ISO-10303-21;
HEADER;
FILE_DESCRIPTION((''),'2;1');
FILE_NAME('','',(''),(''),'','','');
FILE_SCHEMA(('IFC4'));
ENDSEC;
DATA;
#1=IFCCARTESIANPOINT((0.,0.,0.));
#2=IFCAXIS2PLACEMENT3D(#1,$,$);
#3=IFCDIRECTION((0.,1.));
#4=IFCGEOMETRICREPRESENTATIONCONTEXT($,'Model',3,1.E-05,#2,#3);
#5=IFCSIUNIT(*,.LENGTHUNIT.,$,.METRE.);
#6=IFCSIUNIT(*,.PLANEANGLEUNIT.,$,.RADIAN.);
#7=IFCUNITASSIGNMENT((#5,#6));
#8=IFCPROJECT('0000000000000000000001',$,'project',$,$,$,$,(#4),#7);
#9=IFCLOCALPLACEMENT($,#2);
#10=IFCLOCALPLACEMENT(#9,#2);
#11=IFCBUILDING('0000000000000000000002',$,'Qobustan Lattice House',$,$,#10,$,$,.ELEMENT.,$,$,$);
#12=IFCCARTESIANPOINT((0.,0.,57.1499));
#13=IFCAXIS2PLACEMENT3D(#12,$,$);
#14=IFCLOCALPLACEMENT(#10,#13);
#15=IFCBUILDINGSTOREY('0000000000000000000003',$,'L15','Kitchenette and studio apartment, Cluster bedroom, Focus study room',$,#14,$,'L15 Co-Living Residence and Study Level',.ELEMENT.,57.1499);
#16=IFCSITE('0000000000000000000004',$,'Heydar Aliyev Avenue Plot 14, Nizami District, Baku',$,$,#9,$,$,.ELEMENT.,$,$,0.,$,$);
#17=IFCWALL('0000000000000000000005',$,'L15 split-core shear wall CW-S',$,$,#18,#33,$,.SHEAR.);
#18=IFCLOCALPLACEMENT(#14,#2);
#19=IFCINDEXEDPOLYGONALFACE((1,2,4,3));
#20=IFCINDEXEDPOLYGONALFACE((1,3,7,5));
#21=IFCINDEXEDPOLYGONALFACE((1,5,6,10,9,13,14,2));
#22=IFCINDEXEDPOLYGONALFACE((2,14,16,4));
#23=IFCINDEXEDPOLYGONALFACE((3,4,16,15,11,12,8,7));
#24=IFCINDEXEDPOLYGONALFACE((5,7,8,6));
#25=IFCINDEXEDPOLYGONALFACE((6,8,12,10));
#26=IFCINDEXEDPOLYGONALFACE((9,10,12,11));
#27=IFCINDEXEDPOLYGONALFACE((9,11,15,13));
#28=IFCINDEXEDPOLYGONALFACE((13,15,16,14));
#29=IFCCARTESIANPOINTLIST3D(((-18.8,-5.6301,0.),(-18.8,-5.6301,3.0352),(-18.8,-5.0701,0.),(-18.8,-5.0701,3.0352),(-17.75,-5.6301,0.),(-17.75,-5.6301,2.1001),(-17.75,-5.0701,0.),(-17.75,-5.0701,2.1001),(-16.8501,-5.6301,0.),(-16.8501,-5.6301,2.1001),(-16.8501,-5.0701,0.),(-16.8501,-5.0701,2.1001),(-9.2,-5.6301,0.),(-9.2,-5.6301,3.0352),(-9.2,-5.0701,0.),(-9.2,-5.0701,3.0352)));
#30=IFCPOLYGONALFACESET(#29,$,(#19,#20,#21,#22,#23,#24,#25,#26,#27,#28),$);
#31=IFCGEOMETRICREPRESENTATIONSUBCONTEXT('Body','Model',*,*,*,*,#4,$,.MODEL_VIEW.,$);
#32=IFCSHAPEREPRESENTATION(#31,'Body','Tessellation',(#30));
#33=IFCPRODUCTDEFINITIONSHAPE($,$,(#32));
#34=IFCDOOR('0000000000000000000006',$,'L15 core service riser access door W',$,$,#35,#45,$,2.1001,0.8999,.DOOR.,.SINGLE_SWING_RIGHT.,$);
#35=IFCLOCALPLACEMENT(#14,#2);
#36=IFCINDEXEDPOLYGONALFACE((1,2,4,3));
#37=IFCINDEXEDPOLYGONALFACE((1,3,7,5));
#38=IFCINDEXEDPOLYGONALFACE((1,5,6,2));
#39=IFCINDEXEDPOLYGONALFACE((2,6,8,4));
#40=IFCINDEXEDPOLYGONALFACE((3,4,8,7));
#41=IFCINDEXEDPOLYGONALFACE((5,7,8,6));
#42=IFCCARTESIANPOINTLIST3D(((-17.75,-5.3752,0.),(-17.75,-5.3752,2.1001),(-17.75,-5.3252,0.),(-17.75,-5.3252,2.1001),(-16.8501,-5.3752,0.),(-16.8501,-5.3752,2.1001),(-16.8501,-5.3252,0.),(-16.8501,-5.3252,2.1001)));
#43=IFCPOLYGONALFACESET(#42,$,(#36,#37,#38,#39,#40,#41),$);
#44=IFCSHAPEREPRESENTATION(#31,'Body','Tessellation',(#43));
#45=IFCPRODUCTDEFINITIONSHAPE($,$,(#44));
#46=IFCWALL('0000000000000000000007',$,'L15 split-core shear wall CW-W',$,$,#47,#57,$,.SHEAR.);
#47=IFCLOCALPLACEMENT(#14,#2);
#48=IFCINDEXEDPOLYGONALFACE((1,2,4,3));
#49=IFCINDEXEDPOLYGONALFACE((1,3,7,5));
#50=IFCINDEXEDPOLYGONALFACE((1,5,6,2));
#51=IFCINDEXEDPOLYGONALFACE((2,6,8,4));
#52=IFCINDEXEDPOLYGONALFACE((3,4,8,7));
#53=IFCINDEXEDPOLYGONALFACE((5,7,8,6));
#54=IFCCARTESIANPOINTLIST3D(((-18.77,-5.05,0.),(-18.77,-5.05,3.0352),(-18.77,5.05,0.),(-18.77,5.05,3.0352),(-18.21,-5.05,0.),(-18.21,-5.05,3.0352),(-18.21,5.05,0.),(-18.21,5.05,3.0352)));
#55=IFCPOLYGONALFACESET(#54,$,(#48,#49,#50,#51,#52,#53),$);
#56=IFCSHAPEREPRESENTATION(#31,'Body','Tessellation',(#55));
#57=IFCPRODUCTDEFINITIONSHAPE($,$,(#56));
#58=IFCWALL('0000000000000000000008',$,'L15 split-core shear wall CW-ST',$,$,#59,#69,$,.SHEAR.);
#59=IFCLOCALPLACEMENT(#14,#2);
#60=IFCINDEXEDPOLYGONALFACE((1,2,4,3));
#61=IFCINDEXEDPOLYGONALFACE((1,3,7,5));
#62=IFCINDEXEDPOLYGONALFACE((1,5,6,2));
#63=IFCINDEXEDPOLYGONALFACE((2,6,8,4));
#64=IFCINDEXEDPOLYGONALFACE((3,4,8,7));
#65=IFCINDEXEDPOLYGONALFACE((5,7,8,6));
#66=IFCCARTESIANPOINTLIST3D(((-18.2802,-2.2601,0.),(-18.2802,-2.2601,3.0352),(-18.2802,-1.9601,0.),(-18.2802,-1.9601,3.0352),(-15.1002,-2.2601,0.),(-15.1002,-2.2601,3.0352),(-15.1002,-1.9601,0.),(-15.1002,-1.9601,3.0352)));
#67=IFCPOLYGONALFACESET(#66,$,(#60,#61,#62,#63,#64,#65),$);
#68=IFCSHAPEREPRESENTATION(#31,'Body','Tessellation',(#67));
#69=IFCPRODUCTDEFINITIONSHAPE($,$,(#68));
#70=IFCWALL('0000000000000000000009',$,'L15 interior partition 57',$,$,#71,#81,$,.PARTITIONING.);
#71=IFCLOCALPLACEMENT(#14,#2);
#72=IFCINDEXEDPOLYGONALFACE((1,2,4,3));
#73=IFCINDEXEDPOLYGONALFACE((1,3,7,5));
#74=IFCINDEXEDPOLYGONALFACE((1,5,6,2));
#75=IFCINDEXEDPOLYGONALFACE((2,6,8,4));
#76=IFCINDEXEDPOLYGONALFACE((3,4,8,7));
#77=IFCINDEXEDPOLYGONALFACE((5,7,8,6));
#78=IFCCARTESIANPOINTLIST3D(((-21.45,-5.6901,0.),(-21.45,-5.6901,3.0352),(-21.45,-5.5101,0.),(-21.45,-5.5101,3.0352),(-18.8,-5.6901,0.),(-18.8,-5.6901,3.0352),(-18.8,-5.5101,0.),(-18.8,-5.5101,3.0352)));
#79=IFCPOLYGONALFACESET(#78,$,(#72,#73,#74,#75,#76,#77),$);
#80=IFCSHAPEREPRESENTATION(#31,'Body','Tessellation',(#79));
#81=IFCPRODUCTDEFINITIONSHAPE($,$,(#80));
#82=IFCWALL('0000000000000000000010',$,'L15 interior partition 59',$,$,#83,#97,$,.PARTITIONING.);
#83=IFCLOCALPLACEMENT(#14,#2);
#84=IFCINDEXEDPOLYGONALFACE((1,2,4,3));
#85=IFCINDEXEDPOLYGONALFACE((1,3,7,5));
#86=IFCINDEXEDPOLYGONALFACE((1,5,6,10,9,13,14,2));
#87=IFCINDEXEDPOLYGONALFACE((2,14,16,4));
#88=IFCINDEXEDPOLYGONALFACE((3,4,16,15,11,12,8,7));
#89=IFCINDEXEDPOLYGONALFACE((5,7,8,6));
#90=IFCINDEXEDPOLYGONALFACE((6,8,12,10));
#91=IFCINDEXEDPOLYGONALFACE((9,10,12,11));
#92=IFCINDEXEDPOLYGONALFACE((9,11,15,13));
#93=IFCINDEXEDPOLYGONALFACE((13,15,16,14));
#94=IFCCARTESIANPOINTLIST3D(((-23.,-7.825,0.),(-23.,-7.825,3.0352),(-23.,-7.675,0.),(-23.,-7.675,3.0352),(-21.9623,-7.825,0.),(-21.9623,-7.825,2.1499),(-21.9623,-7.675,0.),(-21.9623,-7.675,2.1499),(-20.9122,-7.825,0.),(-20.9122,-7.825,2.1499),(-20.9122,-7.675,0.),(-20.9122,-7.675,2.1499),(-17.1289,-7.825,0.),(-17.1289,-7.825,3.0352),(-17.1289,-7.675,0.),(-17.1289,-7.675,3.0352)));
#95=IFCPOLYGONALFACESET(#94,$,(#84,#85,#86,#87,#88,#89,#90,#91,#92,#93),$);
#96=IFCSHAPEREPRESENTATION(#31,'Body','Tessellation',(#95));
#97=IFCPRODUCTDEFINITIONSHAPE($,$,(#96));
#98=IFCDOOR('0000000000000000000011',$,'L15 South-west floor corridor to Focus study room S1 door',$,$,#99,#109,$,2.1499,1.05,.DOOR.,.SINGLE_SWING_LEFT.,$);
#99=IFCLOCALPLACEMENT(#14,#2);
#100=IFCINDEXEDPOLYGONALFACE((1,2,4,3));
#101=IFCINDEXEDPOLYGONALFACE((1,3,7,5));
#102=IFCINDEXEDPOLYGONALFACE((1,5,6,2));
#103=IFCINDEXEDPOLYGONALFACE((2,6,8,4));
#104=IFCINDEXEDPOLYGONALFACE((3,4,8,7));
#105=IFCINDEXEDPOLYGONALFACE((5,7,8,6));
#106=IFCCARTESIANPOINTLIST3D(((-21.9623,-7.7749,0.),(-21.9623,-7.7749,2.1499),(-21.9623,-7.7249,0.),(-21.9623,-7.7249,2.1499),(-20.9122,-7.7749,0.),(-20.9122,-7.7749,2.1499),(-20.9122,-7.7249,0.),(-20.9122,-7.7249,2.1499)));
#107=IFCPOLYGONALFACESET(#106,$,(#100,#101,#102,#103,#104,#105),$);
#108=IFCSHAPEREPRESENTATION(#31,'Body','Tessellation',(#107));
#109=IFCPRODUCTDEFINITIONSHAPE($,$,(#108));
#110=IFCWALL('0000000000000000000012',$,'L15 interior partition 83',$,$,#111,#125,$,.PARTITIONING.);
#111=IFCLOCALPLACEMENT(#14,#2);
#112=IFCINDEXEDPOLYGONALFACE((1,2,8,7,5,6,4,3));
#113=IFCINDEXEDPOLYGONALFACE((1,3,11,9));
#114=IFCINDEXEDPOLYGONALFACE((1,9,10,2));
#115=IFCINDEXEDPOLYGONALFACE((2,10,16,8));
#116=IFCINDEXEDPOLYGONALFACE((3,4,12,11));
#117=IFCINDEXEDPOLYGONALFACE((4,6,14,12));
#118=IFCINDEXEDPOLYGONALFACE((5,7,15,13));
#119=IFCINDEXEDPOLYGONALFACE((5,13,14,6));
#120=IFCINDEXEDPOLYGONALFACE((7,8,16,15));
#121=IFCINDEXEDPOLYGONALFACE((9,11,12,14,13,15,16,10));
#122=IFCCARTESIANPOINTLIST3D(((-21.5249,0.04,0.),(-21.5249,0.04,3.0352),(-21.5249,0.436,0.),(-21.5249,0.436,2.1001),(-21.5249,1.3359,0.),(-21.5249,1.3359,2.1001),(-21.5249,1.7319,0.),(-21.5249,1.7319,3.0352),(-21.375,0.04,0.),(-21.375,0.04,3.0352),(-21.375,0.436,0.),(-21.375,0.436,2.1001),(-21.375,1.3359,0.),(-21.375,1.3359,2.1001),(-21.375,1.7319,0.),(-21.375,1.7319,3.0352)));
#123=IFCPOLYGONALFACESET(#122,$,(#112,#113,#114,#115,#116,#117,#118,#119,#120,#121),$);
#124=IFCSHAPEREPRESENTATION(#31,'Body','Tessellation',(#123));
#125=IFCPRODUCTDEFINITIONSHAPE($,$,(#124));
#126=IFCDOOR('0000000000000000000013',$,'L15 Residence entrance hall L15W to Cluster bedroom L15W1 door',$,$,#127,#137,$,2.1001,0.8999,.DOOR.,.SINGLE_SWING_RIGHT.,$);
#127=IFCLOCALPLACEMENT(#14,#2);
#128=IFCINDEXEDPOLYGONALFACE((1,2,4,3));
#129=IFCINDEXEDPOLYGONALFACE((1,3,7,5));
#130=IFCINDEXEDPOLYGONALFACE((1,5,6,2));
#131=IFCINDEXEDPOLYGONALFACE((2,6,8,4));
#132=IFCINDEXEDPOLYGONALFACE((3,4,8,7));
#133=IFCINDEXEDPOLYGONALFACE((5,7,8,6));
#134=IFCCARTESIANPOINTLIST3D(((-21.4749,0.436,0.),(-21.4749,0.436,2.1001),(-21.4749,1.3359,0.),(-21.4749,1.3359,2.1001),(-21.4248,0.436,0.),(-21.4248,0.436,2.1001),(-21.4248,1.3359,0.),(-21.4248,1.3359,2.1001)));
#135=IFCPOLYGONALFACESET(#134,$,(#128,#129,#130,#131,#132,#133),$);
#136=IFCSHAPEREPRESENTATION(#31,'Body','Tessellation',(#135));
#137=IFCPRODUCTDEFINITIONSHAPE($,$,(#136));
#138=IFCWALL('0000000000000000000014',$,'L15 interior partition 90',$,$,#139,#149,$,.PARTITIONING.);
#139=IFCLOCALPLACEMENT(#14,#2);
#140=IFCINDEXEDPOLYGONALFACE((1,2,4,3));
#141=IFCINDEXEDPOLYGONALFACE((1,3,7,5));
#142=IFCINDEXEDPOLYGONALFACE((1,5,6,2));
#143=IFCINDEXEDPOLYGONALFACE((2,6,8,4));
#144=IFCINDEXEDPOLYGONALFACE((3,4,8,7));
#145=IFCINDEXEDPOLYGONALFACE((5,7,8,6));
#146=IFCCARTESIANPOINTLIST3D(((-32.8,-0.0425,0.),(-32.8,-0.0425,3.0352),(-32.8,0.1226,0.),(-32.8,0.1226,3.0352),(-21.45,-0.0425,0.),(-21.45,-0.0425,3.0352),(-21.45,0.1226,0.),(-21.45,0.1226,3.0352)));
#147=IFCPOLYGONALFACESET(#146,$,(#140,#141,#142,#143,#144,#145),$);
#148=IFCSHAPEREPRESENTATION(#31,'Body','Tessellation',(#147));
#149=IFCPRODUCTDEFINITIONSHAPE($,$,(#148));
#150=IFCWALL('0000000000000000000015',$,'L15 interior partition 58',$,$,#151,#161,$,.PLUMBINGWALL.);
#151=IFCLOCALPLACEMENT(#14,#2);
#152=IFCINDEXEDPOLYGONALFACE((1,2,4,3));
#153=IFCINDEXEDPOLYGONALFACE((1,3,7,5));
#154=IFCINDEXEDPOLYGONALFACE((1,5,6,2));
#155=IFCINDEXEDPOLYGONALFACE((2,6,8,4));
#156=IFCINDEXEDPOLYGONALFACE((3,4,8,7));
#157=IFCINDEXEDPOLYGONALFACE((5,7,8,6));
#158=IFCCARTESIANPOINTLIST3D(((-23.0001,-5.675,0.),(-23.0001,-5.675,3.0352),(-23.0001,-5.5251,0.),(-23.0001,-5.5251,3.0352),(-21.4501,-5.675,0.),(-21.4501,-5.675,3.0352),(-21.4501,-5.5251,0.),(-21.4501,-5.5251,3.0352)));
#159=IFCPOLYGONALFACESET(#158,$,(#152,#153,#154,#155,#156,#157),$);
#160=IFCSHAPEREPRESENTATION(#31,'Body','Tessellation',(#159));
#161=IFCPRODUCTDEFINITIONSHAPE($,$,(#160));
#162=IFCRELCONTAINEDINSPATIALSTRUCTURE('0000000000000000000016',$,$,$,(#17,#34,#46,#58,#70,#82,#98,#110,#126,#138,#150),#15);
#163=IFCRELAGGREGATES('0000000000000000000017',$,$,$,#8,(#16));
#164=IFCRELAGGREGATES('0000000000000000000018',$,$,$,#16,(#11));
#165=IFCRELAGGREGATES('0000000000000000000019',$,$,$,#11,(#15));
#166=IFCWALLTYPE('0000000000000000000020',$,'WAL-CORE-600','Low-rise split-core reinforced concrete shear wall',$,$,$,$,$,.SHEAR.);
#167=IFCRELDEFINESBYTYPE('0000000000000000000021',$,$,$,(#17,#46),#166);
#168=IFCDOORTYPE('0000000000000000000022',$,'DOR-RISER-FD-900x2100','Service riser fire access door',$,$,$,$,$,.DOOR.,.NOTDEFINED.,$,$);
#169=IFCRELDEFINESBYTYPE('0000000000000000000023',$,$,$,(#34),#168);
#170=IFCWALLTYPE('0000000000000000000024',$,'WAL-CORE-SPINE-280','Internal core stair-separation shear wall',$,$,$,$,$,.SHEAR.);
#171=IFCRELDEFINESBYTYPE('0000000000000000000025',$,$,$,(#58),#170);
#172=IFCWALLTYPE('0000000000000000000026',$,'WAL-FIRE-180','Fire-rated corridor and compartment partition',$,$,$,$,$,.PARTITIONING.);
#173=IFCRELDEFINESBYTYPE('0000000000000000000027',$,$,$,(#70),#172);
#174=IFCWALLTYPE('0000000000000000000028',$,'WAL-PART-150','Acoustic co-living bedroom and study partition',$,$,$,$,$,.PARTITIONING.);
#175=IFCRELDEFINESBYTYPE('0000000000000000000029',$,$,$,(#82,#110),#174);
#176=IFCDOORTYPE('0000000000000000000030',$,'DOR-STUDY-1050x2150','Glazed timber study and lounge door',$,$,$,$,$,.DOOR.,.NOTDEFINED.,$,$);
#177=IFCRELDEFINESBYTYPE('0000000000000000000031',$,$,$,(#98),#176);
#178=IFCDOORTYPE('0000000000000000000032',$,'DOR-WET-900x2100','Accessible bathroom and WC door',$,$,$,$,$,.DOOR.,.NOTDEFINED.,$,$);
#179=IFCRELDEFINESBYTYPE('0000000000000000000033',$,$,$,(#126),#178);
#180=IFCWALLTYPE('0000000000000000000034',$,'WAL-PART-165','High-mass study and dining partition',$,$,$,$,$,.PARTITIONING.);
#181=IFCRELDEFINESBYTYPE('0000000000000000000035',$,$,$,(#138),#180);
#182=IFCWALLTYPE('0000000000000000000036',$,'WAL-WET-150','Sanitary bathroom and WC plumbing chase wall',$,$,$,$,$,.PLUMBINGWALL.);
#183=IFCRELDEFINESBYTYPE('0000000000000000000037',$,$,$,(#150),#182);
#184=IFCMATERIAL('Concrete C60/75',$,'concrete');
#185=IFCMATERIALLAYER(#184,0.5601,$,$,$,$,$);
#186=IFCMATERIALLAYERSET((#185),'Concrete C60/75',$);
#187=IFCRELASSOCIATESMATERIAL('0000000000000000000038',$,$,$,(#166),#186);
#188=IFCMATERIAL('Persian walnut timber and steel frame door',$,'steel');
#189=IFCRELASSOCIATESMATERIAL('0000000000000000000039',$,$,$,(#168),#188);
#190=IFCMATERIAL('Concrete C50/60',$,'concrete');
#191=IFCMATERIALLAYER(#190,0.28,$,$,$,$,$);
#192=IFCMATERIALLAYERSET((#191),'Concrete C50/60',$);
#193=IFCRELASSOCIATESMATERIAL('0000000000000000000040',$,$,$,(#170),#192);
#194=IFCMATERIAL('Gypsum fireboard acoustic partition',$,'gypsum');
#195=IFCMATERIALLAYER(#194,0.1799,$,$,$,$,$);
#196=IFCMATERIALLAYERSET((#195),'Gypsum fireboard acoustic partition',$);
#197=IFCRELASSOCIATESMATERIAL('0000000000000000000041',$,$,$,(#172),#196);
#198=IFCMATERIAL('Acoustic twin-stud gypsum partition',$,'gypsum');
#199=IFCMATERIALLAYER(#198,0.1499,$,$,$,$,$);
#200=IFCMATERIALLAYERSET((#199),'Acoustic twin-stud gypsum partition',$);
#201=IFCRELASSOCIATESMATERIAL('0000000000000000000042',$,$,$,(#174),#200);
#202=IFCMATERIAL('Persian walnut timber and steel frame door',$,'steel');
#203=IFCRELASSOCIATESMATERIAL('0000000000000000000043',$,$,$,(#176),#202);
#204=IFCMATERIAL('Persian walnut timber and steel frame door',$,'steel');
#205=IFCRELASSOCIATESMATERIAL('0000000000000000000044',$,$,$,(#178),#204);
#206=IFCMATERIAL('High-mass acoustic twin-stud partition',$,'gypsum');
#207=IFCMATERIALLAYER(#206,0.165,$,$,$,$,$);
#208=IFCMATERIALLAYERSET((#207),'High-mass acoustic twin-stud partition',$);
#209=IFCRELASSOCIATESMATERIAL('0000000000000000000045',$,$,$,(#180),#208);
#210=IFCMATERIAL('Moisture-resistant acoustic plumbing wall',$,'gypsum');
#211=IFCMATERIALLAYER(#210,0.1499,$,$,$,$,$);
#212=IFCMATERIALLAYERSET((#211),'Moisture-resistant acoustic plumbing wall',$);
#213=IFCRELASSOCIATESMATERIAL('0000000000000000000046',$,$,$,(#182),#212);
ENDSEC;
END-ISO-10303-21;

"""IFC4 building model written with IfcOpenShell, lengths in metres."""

from ifc_helpers import new_model, si_unit, direction, frame, frame_2d, origin, place, context, subcontext, project, spatial, rectangle, extrude, material, layer, layer_set, type_object, element, fill, save


model = new_model("IFC4")

# Units and contexts
model_context = context("Model", 3, precision=1e-05, world=origin(), true_north=direction((0.0, 1.0)))
body_context = subcontext(model_context, "Body", "Model", "MODEL_VIEW")
ifc_project = project(units=[si_unit("LENGTHUNIT", "METRE"), si_unit("PLANEANGLEUNIT", "RADIAN")], contexts=[model_context])

# Site, building, storey
site_placement = place(None, origin())
site = spatial("IfcSite", under=ifc_project, at=site_placement, Name="Heydar Aliyev Avenue Plot 14, Nizami District, Baku", CompositionType="ELEMENT", RefElevation=0.0)
building_placement = place(site_placement, origin())
building = spatial("IfcBuilding", under=site, at=building_placement, Name="Qobustan Lattice House", CompositionType="ELEMENT")
storey_placement = place(building_placement, frame((0.0, 0.0, 57.1499)))
storey = spatial("IfcBuildingStorey", under=building, at=storey_placement, Name="L15", Description="Kitchenette and studio apartment, Cluster bedroom, Focus study room", LongName="L15 Co-Living Residence and Study Level", CompositionType="ELEMENT", Elevation=57.1499)

# Wall, opening, door
ifc_material_1 = material(Name="Concrete C60/75", Category="concrete")
ifc_layer_1 = layer(ifc_material_1, 0.5601)
ifc_layer_set_1 = layer_set([ifc_layer_1], Name="Concrete C60/75")
wall_type_1 = type_object("IfcWallType", Name="WAL-CORE-600", Description="Low-rise split-core reinforced concrete shear wall", PredefinedType="SHEAR", material=ifc_layer_set_1)
wall_1_placement = place(storey_placement, frame((-18.8, -5.3501, 0.0), z_axis=(0.0, 0.0, 1.0), x_axis=(1.0, 0.0, 0.0)))
wall_1 = element("IfcWall", 1, at=wall_1_placement, inside=storey, type_object=wall_type_1, Name="L15 split-core shear wall CW-S", PredefinedType="SHEAR", context=body_context, shape_type="SweptSolid", body=[
    extrude(rectangle(XDim=9.6001, YDim=0.5601, at=frame_2d((4.8, 0.0))), origin(), (0.0, 0.0, 1.0), 3.0352),
])
opening_1_placement = place(wall_1_placement, frame((1.05, 0.0, 0.0)))
opening_1 = element("IfcOpeningElement", 2, at=opening_1_placement, cuts=wall_1, PredefinedType="OPENING", context=body_context, shape_type="SweptSolid", body=[
    extrude(rectangle(XDim=0.8999, YDim=2.1001, at=frame_2d((0.45, 1.05))), frame((0.0, 0.29, 0.0), z_axis=(0.0, -1.0, 0.0), x_axis=(1.0, 0.0, 0.0)), (0.0, 0.0, 1.0), 0.5801),
])
ifc_material_2 = material(Name="Persian walnut timber and steel frame door", Category="steel")
door_type_1 = type_object("IfcDoorType", Name="DOR-RISER-FD-900x2100", Description="Service riser fire access door", OperationType="NOTDEFINED", PredefinedType="DOOR", material=ifc_material_2)
door_1_placement = place(opening_1_placement, origin())
door_1 = element("IfcDoor", 3, at=door_1_placement, inside=storey, type_object=door_type_1, Name="L15 core service riser access door W", OperationType="SINGLE_SWING_RIGHT", OverallHeight=2.1001, OverallWidth=0.8999, PredefinedType="DOOR", context=body_context, shape_type="SweptSolid", body=[
    extrude(rectangle(XDim=0.8999, YDim=2.1001, at=frame_2d((0.45, 1.05))), frame((0.0, 0.0249, 0.0), z_axis=(0.0, -1.0, 0.0), x_axis=(1.0, 0.0, 0.0)), (0.0, 0.0, 1.0), 0.05),
])
fill(opening_1, door_1)

# Walls
wall_2_placement = place(storey_placement, frame((-18.49, -5.05, 0.0), z_axis=(0.0, 0.0, 1.0), x_axis=(0.0, 1.0, 0.0)))
element("IfcWall", 4, at=wall_2_placement, inside=storey, type_object=wall_type_1, Name="L15 split-core shear wall CW-W", PredefinedType="SHEAR", context=body_context, shape_type="SweptSolid", body=[
    extrude(rectangle(XDim=10.1001, YDim=0.5601, at=frame_2d((5.05, 0.0))), origin(), (0.0, 0.0, 1.0), 3.0352),
])
ifc_material_3 = material(Name="Concrete C50/60", Category="concrete")
ifc_layer_2 = layer(ifc_material_3, 0.28)
ifc_layer_set_2 = layer_set([ifc_layer_2], Name="Concrete C50/60")
wall_type_2 = type_object("IfcWallType", Name="WAL-CORE-SPINE-280", Description="Internal core stair-separation shear wall", PredefinedType="SHEAR", material=ifc_layer_set_2)
wall_3_placement = place(storey_placement, frame((-18.28, -2.1101, 0.0), z_axis=(0.0, 0.0, 1.0), x_axis=(1.0, 0.0, 0.0)))
element("IfcWall", 5, at=wall_3_placement, inside=storey, type_object=wall_type_2, Name="L15 split-core shear wall CW-ST", PredefinedType="SHEAR", context=body_context, shape_type="SweptSolid", body=[
    extrude(rectangle(XDim=3.1799, YDim=0.3, at=frame_2d((1.5898, 0.0))), origin(), (0.0, 0.0, 1.0), 3.0352),
])
ifc_material_4 = material(Name="Gypsum fireboard acoustic partition", Category="gypsum")
ifc_layer_3 = layer(ifc_material_4, 0.1799)
ifc_layer_set_3 = layer_set([ifc_layer_3], Name="Gypsum fireboard acoustic partition")
wall_type_3 = type_object("IfcWallType", Name="WAL-FIRE-180", Description="Fire-rated corridor and compartment partition", PredefinedType="PARTITIONING", material=ifc_layer_set_3)
wall_4_placement = place(storey_placement, frame((-21.45, -5.6001, 0.0), z_axis=(0.0, 0.0, 1.0), x_axis=(1.0, 0.0, 0.0)))
element("IfcWall", 6, at=wall_4_placement, inside=storey, type_object=wall_type_3, Name="L15 interior partition 57", PredefinedType="PARTITIONING", context=body_context, shape_type="SweptSolid", body=[
    extrude(rectangle(XDim=2.6499, YDim=0.1799, at=frame_2d((1.325, 0.0))), origin(), (0.0, 0.0, 1.0), 3.0352),
])

# Walls, openings, doors
ifc_material_5 = material(Name="Acoustic twin-stud gypsum partition", Category="gypsum")
ifc_layer_4 = layer(ifc_material_5, 0.1499)
ifc_layer_set_4 = layer_set([ifc_layer_4], Name="Acoustic twin-stud gypsum partition")
wall_type_4 = type_object("IfcWallType", Name="WAL-PART-150", Description="Acoustic co-living bedroom and study partition", PredefinedType="PARTITIONING", material=ifc_layer_set_4)
wall_5_placement = place(storey_placement, frame((-17.1289, -7.75, 0.0), z_axis=(0.0, 0.0, 1.0), x_axis=(-1.0, 0.0, 0.0)))
wall_5 = element("IfcWall", 7, at=wall_5_placement, inside=storey, type_object=wall_type_4, Name="L15 interior partition 59", PredefinedType="PARTITIONING", context=body_context, shape_type="SweptSolid", body=[
    extrude(rectangle(XDim=5.8711, YDim=0.1499, at=frame_2d((2.9355, 0.0))), origin(), (0.0, 0.0, 1.0), 3.0352),
])
opening_2_placement = place(wall_5_placement, frame((3.7834, 0.0, 0.0)))
opening_2 = element("IfcOpeningElement", 8, at=opening_2_placement, cuts=wall_5, PredefinedType="OPENING", context=body_context, shape_type="SweptSolid", body=[
    extrude(rectangle(XDim=1.05, YDim=2.1499, at=frame_2d((0.5249, 1.075))), frame((0.0, 0.085, 0.0), z_axis=(0.0, -1.0, 0.0), x_axis=(1.0, 0.0, 0.0)), (0.0, 0.0, 1.0), 0.1699),
])
ifc_material_6 = material(Name="Persian walnut timber and steel frame door", Category="steel")
door_type_2 = type_object("IfcDoorType", Name="DOR-STUDY-1050x2150", Description="Glazed timber study and lounge door", OperationType="NOTDEFINED", PredefinedType="DOOR", material=ifc_material_6)
door_2_placement = place(opening_2_placement, origin())
door_2 = element("IfcDoor", 9, at=door_2_placement, inside=storey, type_object=door_type_2, Name="L15 South-west floor corridor to Focus study room S1 door", OperationType="SINGLE_SWING_LEFT", OverallHeight=2.1499, OverallWidth=1.05, PredefinedType="DOOR", context=body_context, shape_type="SweptSolid", body=[
    extrude(rectangle(XDim=1.05, YDim=2.1499, at=frame_2d((0.5249, 1.075))), frame((0.0, 0.0249, 0.0), z_axis=(0.0, -1.0, 0.0), x_axis=(1.0, 0.0, 0.0)), (0.0, 0.0, 1.0), 0.05),
])
fill(opening_2, door_2)
wall_6_placement = place(storey_placement, frame((-21.45, 0.04, 0.0), z_axis=(0.0, 0.0, 1.0), x_axis=(0.0, 1.0, 0.0)))
wall_6 = element("IfcWall", 10, at=wall_6_placement, inside=storey, type_object=wall_type_4, Name="L15 interior partition 83", PredefinedType="PARTITIONING", context=body_context, shape_type="SweptSolid", body=[
    extrude(rectangle(XDim=1.6919, YDim=0.1499, at=frame_2d((0.8459, 0.0))), origin(), (0.0, 0.0, 1.0), 3.0352),
])
opening_3_placement = place(wall_6_placement, frame((0.396, 0.0, 0.0)))
opening_3 = element("IfcOpeningElement", 11, at=opening_3_placement, cuts=wall_6, PredefinedType="OPENING", context=body_context, shape_type="SweptSolid", body=[
    extrude(rectangle(XDim=0.8999, YDim=2.1001, at=frame_2d((0.45, 1.05))), frame((0.0, 0.085, 0.0), z_axis=(0.0, -1.0, 0.0), x_axis=(1.0, 0.0, 0.0)), (0.0, 0.0, 1.0), 0.1699),
])
ifc_material_7 = material(Name="Persian walnut timber and steel frame door", Category="steel")
door_type_3 = type_object("IfcDoorType", Name="DOR-WET-900x2100", Description="Accessible bathroom and WC door", OperationType="NOTDEFINED", PredefinedType="DOOR", material=ifc_material_7)
door_3_placement = place(opening_3_placement, origin())
door_3 = element("IfcDoor", 12, at=door_3_placement, inside=storey, type_object=door_type_3, Name="L15 Residence entrance hall L15W to Cluster bedroom L15W1 door", OperationType="SINGLE_SWING_RIGHT", OverallHeight=2.1001, OverallWidth=0.8999, PredefinedType="DOOR", context=body_context, shape_type="SweptSolid", body=[
    extrude(rectangle(XDim=0.8999, YDim=2.1001, at=frame_2d((0.45, 1.05))), frame((0.0, 0.0249, 0.0), z_axis=(0.0, -1.0, 0.0), x_axis=(1.0, 0.0, 0.0)), (0.0, 0.0, 1.0), 0.05),
])
fill(opening_3, door_3)
ifc_material_8 = material(Name="High-mass acoustic twin-stud partition", Category="gypsum")
ifc_layer_5 = layer(ifc_material_8, 0.165)
ifc_layer_set_5 = layer_set([ifc_layer_5], Name="High-mass acoustic twin-stud partition")
wall_type_5 = type_object("IfcWallType", Name="WAL-PART-165", Description="High-mass study and dining partition", PredefinedType="PARTITIONING", material=ifc_layer_set_5)

# Walls
wall_7_placement = place(storey_placement, frame((-32.8, 0.04, 0.0), z_axis=(0.0, 0.0, 1.0), x_axis=(1.0, 0.0, 0.0)))
element("IfcWall", 13, at=wall_7_placement, inside=storey, type_object=wall_type_5, Name="L15 interior partition 90", PredefinedType="PARTITIONING", context=body_context, shape_type="SweptSolid", body=[
    extrude(rectangle(XDim=11.3501, YDim=0.165, at=frame_2d((5.675, 0.0))), origin(), (0.0, 0.0, 1.0), 3.0352),
])
ifc_material_9 = material(Name="Moisture-resistant acoustic plumbing wall", Category="gypsum")
ifc_layer_6 = layer(ifc_material_9, 0.1499)
ifc_layer_set_6 = layer_set([ifc_layer_6], Name="Moisture-resistant acoustic plumbing wall")
wall_type_6 = type_object("IfcWallType", Name="WAL-WET-150", Description="Sanitary bathroom and WC plumbing chase wall", PredefinedType="PLUMBINGWALL", material=ifc_layer_set_6)
wall_8_placement = place(storey_placement, frame((-23.0, -5.6001, 0.0), z_axis=(0.0, 0.0, 1.0), x_axis=(1.0, 0.0, 0.0)))
element("IfcWall", 14, at=wall_8_placement, inside=storey, type_object=wall_type_6, Name="L15 interior partition 58", PredefinedType="PLUMBINGWALL", context=body_context, shape_type="SweptSolid", body=[
    extrude(rectangle(XDim=1.55, YDim=0.1499, at=frame_2d((0.7749, 0.0))), origin(), (0.0, 0.0, 1.0), 3.0352),
])

save(model, "model.ifc")
